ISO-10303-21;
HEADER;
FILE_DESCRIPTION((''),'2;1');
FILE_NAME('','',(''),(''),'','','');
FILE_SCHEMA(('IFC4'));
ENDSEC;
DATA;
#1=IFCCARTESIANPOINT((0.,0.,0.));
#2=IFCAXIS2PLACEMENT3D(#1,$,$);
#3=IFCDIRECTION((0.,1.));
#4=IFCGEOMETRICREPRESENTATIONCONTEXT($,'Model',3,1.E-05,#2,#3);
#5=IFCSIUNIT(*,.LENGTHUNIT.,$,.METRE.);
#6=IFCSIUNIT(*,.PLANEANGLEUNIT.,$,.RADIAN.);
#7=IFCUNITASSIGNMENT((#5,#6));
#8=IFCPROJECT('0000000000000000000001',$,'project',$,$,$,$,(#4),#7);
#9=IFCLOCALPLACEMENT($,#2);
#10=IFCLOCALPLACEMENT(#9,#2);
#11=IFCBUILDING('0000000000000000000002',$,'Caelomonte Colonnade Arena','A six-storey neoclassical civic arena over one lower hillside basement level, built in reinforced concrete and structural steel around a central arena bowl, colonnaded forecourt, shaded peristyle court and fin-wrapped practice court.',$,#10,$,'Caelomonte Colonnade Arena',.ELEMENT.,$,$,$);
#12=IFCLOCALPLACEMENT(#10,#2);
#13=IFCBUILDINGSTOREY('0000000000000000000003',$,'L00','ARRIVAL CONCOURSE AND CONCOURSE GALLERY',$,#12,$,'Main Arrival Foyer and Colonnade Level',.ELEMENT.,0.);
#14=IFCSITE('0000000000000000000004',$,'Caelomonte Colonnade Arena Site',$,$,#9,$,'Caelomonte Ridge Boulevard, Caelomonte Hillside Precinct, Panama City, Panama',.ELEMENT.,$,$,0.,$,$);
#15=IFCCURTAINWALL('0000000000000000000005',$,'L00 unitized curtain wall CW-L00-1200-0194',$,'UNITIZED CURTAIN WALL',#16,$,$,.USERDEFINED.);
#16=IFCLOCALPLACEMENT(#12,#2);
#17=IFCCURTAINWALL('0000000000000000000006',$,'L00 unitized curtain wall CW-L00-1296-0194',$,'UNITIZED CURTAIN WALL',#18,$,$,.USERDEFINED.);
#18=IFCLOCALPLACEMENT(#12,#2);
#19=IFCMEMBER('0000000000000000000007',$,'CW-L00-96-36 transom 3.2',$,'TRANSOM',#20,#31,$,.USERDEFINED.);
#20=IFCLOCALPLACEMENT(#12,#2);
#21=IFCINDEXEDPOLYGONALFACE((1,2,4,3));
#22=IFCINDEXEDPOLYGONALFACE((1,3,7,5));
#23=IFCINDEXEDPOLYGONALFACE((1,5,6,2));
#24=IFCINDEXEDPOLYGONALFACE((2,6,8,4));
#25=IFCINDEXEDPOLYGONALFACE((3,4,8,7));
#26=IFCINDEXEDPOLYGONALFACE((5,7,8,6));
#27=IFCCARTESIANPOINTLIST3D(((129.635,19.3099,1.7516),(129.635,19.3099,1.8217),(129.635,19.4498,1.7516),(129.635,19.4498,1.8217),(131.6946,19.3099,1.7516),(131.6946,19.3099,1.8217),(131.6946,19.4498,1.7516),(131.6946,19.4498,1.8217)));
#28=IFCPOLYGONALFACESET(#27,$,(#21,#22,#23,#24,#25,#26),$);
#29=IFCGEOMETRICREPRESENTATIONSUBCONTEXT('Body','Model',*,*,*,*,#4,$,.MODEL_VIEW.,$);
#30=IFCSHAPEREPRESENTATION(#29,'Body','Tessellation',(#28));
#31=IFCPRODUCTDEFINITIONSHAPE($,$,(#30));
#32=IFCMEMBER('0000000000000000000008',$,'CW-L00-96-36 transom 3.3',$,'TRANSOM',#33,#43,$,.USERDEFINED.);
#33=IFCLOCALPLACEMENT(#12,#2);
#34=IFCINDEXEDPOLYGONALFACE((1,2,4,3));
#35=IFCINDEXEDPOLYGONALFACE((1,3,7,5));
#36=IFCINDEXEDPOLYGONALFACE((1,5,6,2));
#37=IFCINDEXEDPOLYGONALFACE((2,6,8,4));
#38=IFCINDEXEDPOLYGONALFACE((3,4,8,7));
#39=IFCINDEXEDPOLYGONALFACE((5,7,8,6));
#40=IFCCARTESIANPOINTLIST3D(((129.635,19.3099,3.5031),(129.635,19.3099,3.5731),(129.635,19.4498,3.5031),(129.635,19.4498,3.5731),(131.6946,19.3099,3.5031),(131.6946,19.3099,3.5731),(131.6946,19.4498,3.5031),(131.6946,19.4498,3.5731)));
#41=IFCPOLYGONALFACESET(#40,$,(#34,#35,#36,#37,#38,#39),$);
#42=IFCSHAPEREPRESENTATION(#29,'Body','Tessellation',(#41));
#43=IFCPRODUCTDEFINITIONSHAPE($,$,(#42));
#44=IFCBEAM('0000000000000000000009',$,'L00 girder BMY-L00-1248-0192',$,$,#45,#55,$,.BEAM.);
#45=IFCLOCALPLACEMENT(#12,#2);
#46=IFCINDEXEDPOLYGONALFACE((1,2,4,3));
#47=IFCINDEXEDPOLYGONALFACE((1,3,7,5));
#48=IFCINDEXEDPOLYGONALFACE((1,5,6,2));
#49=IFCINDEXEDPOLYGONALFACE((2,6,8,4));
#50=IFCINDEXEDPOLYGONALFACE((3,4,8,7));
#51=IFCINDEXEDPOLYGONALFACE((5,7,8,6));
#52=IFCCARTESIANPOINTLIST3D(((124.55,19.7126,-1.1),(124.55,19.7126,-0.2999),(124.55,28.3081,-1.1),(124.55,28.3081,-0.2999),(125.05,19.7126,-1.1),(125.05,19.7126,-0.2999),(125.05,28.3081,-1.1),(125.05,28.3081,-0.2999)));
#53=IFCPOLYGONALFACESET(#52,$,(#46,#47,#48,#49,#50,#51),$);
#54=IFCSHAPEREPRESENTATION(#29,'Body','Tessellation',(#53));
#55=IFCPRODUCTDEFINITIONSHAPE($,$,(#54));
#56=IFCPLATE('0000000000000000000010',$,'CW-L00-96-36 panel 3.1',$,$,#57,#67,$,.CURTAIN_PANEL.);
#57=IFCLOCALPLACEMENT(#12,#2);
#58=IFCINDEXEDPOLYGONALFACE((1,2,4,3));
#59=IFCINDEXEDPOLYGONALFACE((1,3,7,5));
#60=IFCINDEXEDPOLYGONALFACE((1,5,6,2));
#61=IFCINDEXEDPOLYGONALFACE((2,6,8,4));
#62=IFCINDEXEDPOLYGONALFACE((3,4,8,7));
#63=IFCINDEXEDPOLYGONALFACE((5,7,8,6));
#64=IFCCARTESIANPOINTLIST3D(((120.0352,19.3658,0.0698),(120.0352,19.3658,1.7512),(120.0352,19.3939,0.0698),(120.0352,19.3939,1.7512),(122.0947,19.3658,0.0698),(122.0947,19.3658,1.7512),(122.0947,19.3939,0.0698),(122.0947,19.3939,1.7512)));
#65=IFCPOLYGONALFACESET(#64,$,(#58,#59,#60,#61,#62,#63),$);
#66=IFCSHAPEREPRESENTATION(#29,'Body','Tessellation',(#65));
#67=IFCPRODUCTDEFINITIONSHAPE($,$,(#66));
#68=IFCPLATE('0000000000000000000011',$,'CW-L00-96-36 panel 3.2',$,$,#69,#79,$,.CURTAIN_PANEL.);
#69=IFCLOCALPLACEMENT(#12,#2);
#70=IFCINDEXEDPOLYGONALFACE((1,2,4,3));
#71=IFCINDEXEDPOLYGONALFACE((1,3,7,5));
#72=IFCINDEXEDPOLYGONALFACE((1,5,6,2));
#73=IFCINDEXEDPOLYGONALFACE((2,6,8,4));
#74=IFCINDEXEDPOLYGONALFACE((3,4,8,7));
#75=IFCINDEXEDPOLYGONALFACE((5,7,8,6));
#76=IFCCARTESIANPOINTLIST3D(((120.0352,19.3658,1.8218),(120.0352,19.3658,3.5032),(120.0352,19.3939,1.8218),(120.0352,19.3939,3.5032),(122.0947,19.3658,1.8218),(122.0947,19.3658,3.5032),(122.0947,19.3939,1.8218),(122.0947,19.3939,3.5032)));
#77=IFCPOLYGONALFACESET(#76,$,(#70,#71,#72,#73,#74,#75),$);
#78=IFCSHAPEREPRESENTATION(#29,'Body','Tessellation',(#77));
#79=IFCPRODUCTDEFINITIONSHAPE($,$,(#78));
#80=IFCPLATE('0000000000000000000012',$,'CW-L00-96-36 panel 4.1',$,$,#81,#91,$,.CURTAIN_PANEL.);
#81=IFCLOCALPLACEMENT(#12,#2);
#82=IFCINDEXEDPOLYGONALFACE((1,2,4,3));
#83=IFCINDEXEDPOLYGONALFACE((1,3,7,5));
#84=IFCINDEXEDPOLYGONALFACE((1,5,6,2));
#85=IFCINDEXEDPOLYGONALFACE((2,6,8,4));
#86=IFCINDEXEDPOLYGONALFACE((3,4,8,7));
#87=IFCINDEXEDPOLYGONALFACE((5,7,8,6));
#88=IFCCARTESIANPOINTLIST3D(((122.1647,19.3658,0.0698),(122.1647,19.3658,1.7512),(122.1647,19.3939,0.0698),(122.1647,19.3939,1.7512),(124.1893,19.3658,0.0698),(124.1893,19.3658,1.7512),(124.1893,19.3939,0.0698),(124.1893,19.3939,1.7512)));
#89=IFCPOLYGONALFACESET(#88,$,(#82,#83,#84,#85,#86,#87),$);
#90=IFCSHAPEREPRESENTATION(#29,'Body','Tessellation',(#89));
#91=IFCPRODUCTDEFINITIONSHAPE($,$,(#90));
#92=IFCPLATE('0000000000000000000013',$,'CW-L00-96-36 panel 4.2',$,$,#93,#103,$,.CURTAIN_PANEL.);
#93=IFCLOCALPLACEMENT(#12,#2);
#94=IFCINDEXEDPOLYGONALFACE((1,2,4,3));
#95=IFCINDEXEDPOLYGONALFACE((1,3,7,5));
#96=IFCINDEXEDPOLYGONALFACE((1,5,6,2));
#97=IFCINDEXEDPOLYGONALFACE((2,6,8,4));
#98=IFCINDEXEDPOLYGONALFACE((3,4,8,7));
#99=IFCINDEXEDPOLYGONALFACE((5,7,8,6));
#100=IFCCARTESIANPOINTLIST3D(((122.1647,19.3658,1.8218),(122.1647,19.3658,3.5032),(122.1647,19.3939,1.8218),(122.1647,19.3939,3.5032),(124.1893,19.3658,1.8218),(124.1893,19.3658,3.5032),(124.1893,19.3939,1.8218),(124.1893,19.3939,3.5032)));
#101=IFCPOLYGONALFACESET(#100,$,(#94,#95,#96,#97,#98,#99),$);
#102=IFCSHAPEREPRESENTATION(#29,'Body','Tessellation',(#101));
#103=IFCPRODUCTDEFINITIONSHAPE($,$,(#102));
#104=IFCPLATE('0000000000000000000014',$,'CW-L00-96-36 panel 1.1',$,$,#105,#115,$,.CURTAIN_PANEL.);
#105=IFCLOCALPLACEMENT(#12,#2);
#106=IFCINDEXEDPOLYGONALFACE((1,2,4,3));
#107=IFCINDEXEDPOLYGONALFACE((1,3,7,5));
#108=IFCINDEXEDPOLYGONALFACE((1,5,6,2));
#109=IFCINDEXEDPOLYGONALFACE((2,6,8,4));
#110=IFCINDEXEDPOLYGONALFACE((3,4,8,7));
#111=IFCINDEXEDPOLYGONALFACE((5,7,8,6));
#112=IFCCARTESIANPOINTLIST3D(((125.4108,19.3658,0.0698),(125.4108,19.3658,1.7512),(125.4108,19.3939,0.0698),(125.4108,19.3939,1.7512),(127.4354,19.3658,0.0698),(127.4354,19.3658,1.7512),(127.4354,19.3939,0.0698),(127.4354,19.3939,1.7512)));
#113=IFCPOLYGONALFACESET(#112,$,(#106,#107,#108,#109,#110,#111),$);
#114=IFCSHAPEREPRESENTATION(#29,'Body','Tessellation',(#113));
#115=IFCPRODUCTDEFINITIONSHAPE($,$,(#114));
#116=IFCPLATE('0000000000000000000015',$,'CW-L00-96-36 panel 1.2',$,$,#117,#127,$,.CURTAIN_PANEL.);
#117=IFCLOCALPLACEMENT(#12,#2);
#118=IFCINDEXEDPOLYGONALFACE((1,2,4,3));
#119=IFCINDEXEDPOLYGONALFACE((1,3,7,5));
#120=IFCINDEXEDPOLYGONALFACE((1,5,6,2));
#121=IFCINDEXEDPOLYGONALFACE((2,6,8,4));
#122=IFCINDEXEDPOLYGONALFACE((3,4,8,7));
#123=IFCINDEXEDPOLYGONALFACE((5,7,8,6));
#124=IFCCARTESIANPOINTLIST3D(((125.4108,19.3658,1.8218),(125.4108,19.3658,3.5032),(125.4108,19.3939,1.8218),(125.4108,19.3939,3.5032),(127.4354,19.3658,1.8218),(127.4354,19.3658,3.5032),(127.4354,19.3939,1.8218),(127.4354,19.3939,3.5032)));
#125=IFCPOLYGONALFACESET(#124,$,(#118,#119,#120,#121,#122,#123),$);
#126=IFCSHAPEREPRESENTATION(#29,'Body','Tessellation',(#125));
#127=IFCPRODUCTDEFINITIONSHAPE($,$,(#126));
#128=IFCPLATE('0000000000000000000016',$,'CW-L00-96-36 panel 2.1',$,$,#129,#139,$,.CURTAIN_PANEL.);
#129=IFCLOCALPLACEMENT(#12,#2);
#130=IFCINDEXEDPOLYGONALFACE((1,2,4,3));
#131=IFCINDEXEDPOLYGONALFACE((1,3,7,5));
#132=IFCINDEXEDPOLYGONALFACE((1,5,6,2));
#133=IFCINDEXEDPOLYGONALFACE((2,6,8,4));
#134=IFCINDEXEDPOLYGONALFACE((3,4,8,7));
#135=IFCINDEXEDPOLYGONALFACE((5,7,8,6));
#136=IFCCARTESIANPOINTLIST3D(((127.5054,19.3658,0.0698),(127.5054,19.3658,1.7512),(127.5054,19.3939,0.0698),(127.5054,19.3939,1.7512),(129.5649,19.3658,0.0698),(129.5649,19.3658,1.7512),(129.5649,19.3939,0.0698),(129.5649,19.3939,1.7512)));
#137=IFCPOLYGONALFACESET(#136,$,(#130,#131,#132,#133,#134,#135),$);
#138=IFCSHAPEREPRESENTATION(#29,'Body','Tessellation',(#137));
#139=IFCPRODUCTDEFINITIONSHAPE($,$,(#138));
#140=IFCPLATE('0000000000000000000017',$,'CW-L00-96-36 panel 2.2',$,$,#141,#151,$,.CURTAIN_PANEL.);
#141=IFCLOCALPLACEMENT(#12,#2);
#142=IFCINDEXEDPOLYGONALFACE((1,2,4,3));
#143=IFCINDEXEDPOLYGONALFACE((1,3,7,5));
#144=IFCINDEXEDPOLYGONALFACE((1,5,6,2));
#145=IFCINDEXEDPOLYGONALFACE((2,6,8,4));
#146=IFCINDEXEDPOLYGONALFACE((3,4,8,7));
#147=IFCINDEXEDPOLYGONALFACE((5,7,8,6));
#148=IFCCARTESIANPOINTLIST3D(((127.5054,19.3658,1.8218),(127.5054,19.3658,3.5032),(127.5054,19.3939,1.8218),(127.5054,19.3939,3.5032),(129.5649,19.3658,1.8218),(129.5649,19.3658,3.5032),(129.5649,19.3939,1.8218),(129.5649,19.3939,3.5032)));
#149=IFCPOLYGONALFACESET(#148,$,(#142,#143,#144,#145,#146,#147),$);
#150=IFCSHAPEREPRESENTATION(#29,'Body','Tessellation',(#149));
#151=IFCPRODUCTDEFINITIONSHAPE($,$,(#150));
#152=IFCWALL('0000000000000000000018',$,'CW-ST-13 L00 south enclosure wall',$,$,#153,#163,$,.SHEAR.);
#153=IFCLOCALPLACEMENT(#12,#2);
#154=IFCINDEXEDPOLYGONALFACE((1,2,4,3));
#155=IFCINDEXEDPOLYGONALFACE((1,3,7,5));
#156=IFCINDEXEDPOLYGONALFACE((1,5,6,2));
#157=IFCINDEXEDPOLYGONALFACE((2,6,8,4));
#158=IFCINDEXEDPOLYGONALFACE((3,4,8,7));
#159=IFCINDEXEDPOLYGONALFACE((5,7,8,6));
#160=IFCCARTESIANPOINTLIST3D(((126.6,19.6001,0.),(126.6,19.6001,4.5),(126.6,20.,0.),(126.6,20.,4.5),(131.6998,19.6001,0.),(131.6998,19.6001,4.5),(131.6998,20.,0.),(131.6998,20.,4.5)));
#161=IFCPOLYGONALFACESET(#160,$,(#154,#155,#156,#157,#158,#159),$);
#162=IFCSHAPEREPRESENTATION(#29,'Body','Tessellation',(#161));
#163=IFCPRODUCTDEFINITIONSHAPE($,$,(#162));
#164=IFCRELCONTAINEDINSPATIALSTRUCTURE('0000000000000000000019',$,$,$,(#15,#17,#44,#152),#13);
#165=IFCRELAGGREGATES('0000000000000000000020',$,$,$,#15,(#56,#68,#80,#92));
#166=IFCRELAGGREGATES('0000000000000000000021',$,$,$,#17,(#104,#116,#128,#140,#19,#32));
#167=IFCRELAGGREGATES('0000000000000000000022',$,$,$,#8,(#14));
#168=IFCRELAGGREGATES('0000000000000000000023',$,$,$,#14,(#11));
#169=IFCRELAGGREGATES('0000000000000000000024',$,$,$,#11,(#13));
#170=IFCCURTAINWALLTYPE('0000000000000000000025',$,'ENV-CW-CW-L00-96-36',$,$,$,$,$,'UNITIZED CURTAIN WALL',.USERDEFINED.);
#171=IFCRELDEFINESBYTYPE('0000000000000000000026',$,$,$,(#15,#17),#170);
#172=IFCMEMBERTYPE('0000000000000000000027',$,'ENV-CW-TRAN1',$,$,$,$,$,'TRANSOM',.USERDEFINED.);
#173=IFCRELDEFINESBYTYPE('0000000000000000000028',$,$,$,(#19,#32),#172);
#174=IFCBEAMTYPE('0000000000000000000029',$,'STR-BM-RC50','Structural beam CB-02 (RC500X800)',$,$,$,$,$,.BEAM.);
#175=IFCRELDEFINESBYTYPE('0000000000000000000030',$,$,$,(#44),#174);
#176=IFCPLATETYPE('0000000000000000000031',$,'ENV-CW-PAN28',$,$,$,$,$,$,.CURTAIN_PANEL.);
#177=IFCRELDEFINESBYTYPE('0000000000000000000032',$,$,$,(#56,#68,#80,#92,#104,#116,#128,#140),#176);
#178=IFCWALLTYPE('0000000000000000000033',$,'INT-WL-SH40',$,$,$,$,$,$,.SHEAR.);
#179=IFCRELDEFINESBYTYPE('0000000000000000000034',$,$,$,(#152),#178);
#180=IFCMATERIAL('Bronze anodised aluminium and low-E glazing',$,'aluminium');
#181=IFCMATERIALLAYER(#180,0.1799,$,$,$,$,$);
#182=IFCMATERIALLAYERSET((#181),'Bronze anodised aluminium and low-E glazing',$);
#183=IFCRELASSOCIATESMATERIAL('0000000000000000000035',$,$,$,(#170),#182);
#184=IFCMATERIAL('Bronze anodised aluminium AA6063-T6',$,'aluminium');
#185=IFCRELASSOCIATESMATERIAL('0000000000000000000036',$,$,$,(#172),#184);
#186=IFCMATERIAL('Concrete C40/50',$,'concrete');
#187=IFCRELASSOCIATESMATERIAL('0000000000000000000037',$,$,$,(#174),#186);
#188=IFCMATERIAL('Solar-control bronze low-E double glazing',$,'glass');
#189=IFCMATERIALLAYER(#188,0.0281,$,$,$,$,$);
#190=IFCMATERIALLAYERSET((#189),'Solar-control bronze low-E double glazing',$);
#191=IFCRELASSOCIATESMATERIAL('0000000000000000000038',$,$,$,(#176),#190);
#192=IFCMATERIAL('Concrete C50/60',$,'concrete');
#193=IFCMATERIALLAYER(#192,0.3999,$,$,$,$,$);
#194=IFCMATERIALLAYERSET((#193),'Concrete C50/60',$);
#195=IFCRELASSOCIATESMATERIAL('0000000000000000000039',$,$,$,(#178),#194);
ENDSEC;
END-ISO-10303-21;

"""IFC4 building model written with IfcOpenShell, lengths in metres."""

from ifc_helpers import new_model, si_unit, direction, frame, frame_2d, origin, origin_2d, place, context, subcontext, project, spatial, rectangle, extrude, material, layer, layer_set, material_profile, profile_set, type_object, element, aggregate, save


model = new_model("IFC4")

# Units and contexts
model_context = context("Model", 3, precision=1e-05, world=origin(), true_north=direction((0.0, 1.0)))
body_context = subcontext(model_context, "Body", "Model", "MODEL_VIEW")
ifc_project = project(units=[si_unit("LENGTHUNIT", "METRE"), si_unit("PLANEANGLEUNIT", "RADIAN")], contexts=[model_context])

# Site, building, storey
site_placement = place(None, origin())
site = spatial("IfcSite", under=ifc_project, at=site_placement, Name="Caelomonte Colonnade Arena Site", LongName="Caelomonte Ridge Boulevard, Caelomonte Hillside Precinct, Panama City, Panama", CompositionType="ELEMENT", RefElevation=0.0)
building_placement = place(site_placement, origin())
building = spatial("IfcBuilding", under=site, at=building_placement, Name="Caelomonte Colonnade Arena", Description="A six-storey neoclassical civic arena over one lower hillside basement level, built in reinforced concrete and structural steel around a central arena bowl, colonnaded forecourt, shaded peristyle court and fin-wrapped practice court.", LongName="Caelomonte Colonnade Arena", CompositionType="ELEMENT")
storey_placement = place(building_placement, origin())
storey = spatial("IfcBuildingStorey", under=building, at=storey_placement, Name="L00", Description="ARRIVAL CONCOURSE AND CONCOURSE GALLERY", LongName="Main Arrival Foyer and Colonnade Level", CompositionType="ELEMENT", Elevation=0.0)

# Curtain walls
ifc_material_1 = material(Name="Bronze anodised aluminium and low-E glazing", Category="aluminium")
ifc_layer_1 = layer(ifc_material_1, 0.1799)
ifc_layer_set_1 = layer_set([ifc_layer_1], Name="Bronze anodised aluminium and low-E glazing")
curtain_wall_type = type_object("IfcCurtainWallType", Name="ENV-CW-CW-L00-96-36", ElementType="UNITIZED CURTAIN WALL", PredefinedType="USERDEFINED", material=ifc_layer_set_1)
curtain_wall_1_placement = place(storey_placement, origin())
curtain_wall_1 = element("IfcCurtainWall", 1, at=curtain_wall_1_placement, inside=storey, type_object=curtain_wall_type, Name="L00 unitized curtain wall CW-L00-1200-0194", ObjectType="UNITIZED CURTAIN WALL", PredefinedType="USERDEFINED")
ifc_material_2 = material(Name="Bronze anodised aluminium AA6063-T6", Category="aluminium")
curtain_wall_2_placement = place(storey_placement, origin())
curtain_wall_2 = element("IfcCurtainWall", 2, at=curtain_wall_2_placement, inside=storey, type_object=curtain_wall_type, Name="L00 unitized curtain wall CW-L00-1296-0194", ObjectType="UNITIZED CURTAIN WALL", PredefinedType="USERDEFINED")

# Members
ifc_material_profile_1 = material_profile(ifc_material_2, rectangle(XDim=0.0701, YDim=0.1399, at=origin_2d()), Name="CWT-70X140")
ifc_profile_set_1 = profile_set([ifc_material_profile_1], Name="Bronze anodised aluminium AA6063-T6")
member_type_1 = type_object("IfcMemberType", Name="ENV-CW-TRAN1", ElementType="TRANSOM", PredefinedType="USERDEFINED", material=ifc_profile_set_1)
member_1_placement = place(storey_placement, frame((129.635, 19.3799, 1.7866), z_axis=(1.0, 0.0, 0.0), x_axis=(0.0, 0.0, 1.0)))
member_1 = element("IfcMember", 3, at=member_1_placement, type_object=member_type_1, Name="CW-L00-96-36 transom 3.2", ObjectType="TRANSOM", PredefinedType="USERDEFINED", context=body_context, shape_type="SweptSolid", body=[
    extrude(rectangle(XDim=0.0701, YDim=0.1399, at=origin_2d()), origin(), (0.0, 0.0, 1.0), 2.0596),
])
member_2_placement = place(storey_placement, frame((129.635, 19.3799, 3.5381), z_axis=(1.0, 0.0, 0.0), x_axis=(0.0, 0.0, 1.0)))
member_2 = element("IfcMember", 4, at=member_2_placement, type_object=member_type_1, Name="CW-L00-96-36 transom 3.3", ObjectType="TRANSOM", PredefinedType="USERDEFINED", context=body_context, shape_type="SweptSolid", body=[
    extrude(rectangle(XDim=0.0701, YDim=0.1399, at=origin_2d()), origin(), (0.0, 0.0, 1.0), 2.0596),
])

# Beam
ifc_material_3 = material(Name="Concrete C40/50", Category="concrete")
ifc_material_profile_2 = material_profile(ifc_material_3, rectangle(XDim=0.5, YDim=0.8, at=origin_2d()), Name="RC500X800")
ifc_profile_set_2 = profile_set([ifc_material_profile_2], Name="Concrete C40/50")
beam_type = type_object("IfcBeamType", Name="STR-BM-RC50", Description="Structural beam CB-02 (RC500X800)", PredefinedType="BEAM", material=ifc_profile_set_2)
beam_placement = place(storey_placement, frame((124.8, 19.7126, -0.7), z_axis=(0.0, 1.0, 0.0), x_axis=(-1.0, 0.0, 0.0)))
element("IfcBeam", 5, at=beam_placement, inside=storey, type_object=beam_type, Name="L00 girder BMY-L00-1248-0192", PredefinedType="BEAM", context=body_context, shape_type="SweptSolid", body=[
    extrude(rectangle(XDim=0.5, YDim=0.8, at=origin_2d()), origin(), (0.0, 0.0, 1.0), 8.5955),
])

# Plates
ifc_material_4 = material(Name="Solar-control bronze low-E double glazing", Category="glass")
ifc_layer_2 = layer(ifc_material_4, 0.0281)
ifc_layer_set_2 = layer_set([ifc_layer_2], Name="Solar-control bronze low-E double glazing")
plate_type = type_object("IfcPlateType", Name="ENV-CW-PAN28", PredefinedType="CURTAIN_PANEL", material=ifc_layer_set_2)
plate_1_placement = place(storey_placement, frame((121.0649, 19.3799, 0.0698), z_axis=(0.0, 0.0, 1.0), x_axis=(1.0, 0.0, 0.0)))
plate_1 = element("IfcPlate", 6, at=plate_1_placement, type_object=plate_type, Name="CW-L00-96-36 panel 3.1", PredefinedType="CURTAIN_PANEL", context=body_context, shape_type="SweptSolid", body=[
    extrude(rectangle(XDim=2.0596, YDim=0.0281, at=origin_2d()), origin(), (0.0, 0.0, 1.0), 1.6814),
])
plate_2_placement = place(storey_placement, frame((121.0649, 19.3799, 1.8218), z_axis=(0.0, 0.0, 1.0), x_axis=(1.0, 0.0, 0.0)))
plate_2 = element("IfcPlate", 7, at=plate_2_placement, type_object=plate_type, Name="CW-L00-96-36 panel 3.2", PredefinedType="CURTAIN_PANEL", context=body_context, shape_type="SweptSolid", body=[
    extrude(rectangle(XDim=2.0596, YDim=0.0281, at=origin_2d()), origin(), (0.0, 0.0, 1.0), 1.6814),
])
plate_3_placement = place(storey_placement, frame((123.177, 19.3799, 0.0698), z_axis=(0.0, 0.0, 1.0), x_axis=(1.0, 0.0, 0.0)))
plate_3 = element("IfcPlate", 8, at=plate_3_placement, type_object=plate_type, Name="CW-L00-96-36 panel 4.1", PredefinedType="CURTAIN_PANEL", context=body_context, shape_type="SweptSolid", body=[
    extrude(rectangle(XDim=2.0247, YDim=0.0281, at=origin_2d()), origin(), (0.0, 0.0, 1.0), 1.6814),
])
plate_4_placement = place(storey_placement, frame((123.177, 19.3799, 1.8218), z_axis=(0.0, 0.0, 1.0), x_axis=(1.0, 0.0, 0.0)))
plate_4 = element("IfcPlate", 9, at=plate_4_placement, type_object=plate_type, Name="CW-L00-96-36 panel 4.2", PredefinedType="CURTAIN_PANEL", context=body_context, shape_type="SweptSolid", body=[
    extrude(rectangle(XDim=2.0247, YDim=0.0281, at=origin_2d()), origin(), (0.0, 0.0, 1.0), 1.6814),
])
aggregate(curtain_wall_1, [plate_1, plate_2, plate_3, plate_4])
plate_5_placement = place(storey_placement, frame((126.4231, 19.3799, 0.0698), z_axis=(0.0, 0.0, 1.0), x_axis=(1.0, 0.0, 0.0)))
plate_5 = element("IfcPlate", 10, at=plate_5_placement, type_object=plate_type, Name="CW-L00-96-36 panel 1.1", PredefinedType="CURTAIN_PANEL", context=body_context, shape_type="SweptSolid", body=[
    extrude(rectangle(XDim=2.0247, YDim=0.0281, at=origin_2d()), origin(), (0.0, 0.0, 1.0), 1.6814),
])
plate_6_placement = place(storey_placement, frame((126.4231, 19.3799, 1.8218), z_axis=(0.0, 0.0, 1.0), x_axis=(1.0, 0.0, 0.0)))
plate_6 = element("IfcPlate", 11, at=plate_6_placement, type_object=plate_type, Name="CW-L00-96-36 panel 1.2", PredefinedType="CURTAIN_PANEL", context=body_context, shape_type="SweptSolid", body=[
    extrude(rectangle(XDim=2.0247, YDim=0.0281, at=origin_2d()), origin(), (0.0, 0.0, 1.0), 1.6814),
])
plate_7_placement = place(storey_placement, frame((128.5352, 19.3799, 0.0698), z_axis=(0.0, 0.0, 1.0), x_axis=(1.0, 0.0, 0.0)))
plate_7 = element("IfcPlate", 12, at=plate_7_placement, type_object=plate_type, Name="CW-L00-96-36 panel 2.1", PredefinedType="CURTAIN_PANEL", context=body_context, shape_type="SweptSolid", body=[
    extrude(rectangle(XDim=2.0596, YDim=0.0281, at=origin_2d()), origin(), (0.0, 0.0, 1.0), 1.6814),
])
plate_8_placement = place(storey_placement, frame((128.5352, 19.3799, 1.8218), z_axis=(0.0, 0.0, 1.0), x_axis=(1.0, 0.0, 0.0)))
plate_8 = element("IfcPlate", 13, at=plate_8_placement, type_object=plate_type, Name="CW-L00-96-36 panel 2.2", PredefinedType="CURTAIN_PANEL", context=body_context, shape_type="SweptSolid", body=[
    extrude(rectangle(XDim=2.0596, YDim=0.0281, at=origin_2d()), origin(), (0.0, 0.0, 1.0), 1.6814),
])
aggregate(curtain_wall_2, [plate_5, plate_6, plate_7, plate_8, member_1, member_2])

# Wall
ifc_material_5 = material(Name="Concrete C50/60", Category="concrete")
ifc_layer_3 = layer(ifc_material_5, 0.3999)
ifc_layer_set_3 = layer_set([ifc_layer_3], Name="Concrete C50/60")
wall_type = type_object("IfcWallType", Name="INT-WL-SH40", PredefinedType="SHEAR", material=ifc_layer_set_3)
wall_placement = place(storey_placement, frame((126.6001, 19.8, 0.0), z_axis=(0.0, 0.0, 1.0), x_axis=(1.0, 0.0, 0.0)))
element("IfcWall", 14, at=wall_placement, inside=storey, type_object=wall_type, Name="CW-ST-13 L00 south enclosure wall", PredefinedType="SHEAR", context=body_context, shape_type="SweptSolid", body=[
    extrude(rectangle(XDim=5.0999, YDim=0.3999, at=frame_2d((2.5498, 0.0))), origin(), (0.0, 0.0, 1.0), 4.5),
])

save(model, "model.ifc")
